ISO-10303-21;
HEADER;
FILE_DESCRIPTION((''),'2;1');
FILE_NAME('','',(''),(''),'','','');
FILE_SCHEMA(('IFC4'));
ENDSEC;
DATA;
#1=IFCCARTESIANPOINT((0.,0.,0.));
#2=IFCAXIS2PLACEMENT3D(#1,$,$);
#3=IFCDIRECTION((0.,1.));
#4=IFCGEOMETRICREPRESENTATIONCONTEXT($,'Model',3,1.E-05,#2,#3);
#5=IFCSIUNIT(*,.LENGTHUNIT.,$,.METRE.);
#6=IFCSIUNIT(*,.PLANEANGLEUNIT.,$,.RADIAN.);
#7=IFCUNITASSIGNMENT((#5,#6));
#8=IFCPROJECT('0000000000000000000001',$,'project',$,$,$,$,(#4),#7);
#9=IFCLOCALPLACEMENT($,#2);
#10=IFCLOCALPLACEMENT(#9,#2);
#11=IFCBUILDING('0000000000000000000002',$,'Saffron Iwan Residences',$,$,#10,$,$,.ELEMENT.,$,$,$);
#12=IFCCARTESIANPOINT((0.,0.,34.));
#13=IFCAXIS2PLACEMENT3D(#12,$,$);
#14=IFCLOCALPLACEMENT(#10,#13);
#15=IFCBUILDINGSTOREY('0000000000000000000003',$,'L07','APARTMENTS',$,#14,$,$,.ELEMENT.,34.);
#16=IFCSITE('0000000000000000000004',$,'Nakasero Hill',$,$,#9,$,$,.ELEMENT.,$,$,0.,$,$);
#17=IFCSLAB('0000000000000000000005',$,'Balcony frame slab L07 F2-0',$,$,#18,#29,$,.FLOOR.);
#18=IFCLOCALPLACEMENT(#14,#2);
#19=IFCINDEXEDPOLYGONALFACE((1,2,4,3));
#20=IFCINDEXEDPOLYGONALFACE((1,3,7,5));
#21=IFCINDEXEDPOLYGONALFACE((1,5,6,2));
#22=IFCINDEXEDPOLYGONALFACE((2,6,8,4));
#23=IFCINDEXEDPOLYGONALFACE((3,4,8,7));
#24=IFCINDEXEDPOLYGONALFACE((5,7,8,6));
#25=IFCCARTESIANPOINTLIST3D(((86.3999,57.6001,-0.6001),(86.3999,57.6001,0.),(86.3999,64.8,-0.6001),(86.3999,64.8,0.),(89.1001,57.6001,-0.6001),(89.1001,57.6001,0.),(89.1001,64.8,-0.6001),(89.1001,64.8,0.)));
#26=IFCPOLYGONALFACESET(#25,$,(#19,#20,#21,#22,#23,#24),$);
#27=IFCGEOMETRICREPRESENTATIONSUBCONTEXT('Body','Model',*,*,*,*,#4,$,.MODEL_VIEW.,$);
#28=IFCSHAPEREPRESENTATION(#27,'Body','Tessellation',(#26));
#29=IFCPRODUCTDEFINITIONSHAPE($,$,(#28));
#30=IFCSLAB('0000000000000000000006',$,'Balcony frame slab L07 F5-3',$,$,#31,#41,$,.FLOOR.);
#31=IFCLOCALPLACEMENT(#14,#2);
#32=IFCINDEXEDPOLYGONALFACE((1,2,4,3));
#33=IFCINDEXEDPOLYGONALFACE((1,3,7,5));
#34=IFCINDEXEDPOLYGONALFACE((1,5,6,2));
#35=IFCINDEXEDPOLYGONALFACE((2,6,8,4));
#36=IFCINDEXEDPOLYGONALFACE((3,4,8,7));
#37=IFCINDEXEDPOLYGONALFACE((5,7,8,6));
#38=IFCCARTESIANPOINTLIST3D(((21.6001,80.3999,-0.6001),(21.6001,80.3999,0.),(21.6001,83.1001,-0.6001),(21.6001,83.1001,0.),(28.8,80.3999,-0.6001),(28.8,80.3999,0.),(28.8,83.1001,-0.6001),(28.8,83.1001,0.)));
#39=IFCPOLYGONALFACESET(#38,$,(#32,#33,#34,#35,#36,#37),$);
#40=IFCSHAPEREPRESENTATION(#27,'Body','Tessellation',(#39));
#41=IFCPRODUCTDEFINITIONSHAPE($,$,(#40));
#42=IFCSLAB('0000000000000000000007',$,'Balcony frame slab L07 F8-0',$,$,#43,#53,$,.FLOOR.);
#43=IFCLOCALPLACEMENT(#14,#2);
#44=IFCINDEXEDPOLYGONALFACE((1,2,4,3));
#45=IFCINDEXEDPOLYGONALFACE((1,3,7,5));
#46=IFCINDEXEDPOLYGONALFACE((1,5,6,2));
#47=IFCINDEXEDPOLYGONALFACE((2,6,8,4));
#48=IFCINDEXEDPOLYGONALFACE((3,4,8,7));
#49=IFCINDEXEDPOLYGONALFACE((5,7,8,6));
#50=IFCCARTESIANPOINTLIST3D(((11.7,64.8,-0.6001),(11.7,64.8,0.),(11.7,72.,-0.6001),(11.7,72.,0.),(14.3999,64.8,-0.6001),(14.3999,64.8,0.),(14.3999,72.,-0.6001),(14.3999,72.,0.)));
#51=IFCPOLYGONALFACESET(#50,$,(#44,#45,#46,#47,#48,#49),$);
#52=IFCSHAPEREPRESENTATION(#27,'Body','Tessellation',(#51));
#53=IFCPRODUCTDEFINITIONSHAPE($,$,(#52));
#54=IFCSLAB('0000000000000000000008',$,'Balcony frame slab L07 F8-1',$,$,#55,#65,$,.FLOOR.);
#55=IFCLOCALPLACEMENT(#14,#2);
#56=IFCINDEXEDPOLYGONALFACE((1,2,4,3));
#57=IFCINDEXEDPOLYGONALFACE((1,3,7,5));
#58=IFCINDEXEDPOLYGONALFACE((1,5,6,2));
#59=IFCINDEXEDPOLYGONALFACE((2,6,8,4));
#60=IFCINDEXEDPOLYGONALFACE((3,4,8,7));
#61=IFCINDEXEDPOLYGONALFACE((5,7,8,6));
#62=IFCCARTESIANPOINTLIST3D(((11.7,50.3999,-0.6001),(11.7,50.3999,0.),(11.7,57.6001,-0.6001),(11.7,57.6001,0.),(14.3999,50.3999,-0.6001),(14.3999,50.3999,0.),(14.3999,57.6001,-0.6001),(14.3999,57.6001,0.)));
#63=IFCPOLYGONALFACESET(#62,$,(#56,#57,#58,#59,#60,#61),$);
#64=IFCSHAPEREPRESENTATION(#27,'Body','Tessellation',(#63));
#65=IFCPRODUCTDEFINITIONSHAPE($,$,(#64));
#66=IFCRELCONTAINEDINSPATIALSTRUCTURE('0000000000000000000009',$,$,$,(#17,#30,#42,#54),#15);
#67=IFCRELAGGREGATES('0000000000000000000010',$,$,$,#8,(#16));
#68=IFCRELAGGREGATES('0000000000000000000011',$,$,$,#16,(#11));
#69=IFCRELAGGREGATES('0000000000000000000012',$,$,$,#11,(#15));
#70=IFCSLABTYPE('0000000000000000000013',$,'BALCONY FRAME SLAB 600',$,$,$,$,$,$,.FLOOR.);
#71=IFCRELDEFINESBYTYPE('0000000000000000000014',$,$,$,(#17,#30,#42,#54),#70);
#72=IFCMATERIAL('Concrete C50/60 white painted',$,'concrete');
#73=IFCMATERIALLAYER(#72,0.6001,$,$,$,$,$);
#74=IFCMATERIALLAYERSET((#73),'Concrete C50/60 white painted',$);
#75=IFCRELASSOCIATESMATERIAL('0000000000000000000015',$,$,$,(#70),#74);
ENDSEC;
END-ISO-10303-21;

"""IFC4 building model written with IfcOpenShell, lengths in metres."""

from ifc_helpers import new_model, si_unit, direction, frame, origin, place, context, subcontext, project, spatial, polyline, outline, extrude, material, layer, layer_set, type_object, element, save


model = new_model("IFC4")

# Units and contexts
model_context = context("Model", 3, precision=1e-05, world=origin(), true_north=direction((0.0, 1.0)))
body_context = subcontext(model_context, "Body", "Model", "MODEL_VIEW")
ifc_project = project(units=[si_unit("LENGTHUNIT", "METRE"), si_unit("PLANEANGLEUNIT", "RADIAN")], contexts=[model_context])

# Site, building, storey
site_placement = place(None, origin())
site = spatial("IfcSite", under=ifc_project, at=site_placement, Name="Nakasero Hill", CompositionType="ELEMENT", RefElevation=0.0)
building_placement = place(site_placement, origin())
building = spatial("IfcBuilding", under=site, at=building_placement, Name="Saffron Iwan Residences", CompositionType="ELEMENT")
storey_placement = place(building_placement, frame((0.0, 0.0, 34.0)))
storey = spatial("IfcBuildingStorey", under=building, at=storey_placement, Name="L07", Description="APARTMENTS", CompositionType="ELEMENT", Elevation=34.0)

# Slabs
ifc_material_1 = material(Name="Concrete C50/60 white painted", Category="concrete")
ifc_layer_1 = layer(ifc_material_1, 0.6001)
ifc_layer_set_1 = layer_set([ifc_layer_1], Name="Concrete C50/60 white painted")
slab_type_1 = type_object("IfcSlabType", Name="BALCONY FRAME SLAB 600", PredefinedType="FLOOR", material=ifc_layer_set_1)
slab_1_placement = place(storey_placement, frame((0.0, 0.0, -0.6001)))
element("IfcSlab", 1, at=slab_1_placement, inside=storey, type_object=slab_type_1, Name="Balcony frame slab L07 F2-0", PredefinedType="FLOOR", context=body_context, shape_type="SweptSolid", body=[
    extrude(outline(polyline([(89.1001, 57.6001), (89.1001, 64.8), (86.3999, 64.8), (86.3999, 57.6001), (89.1001, 57.6001)])), origin(), (0.0, 0.0, 1.0), 0.6001),
])
slab_2_placement = place(storey_placement, frame((0.0, 0.0, -0.6001)))
element("IfcSlab", 2, at=slab_2_placement, inside=storey, type_object=slab_type_1, Name="Balcony frame slab L07 F5-3", PredefinedType="FLOOR", context=body_context, shape_type="SweptSolid", body=[
    extrude(outline(polyline([(28.8, 83.1001), (21.6001, 83.1001), (21.6001, 80.3999), (28.8, 80.3999), (28.8, 83.1001)])), origin(), (0.0, 0.0, 1.0), 0.6001),
])
slab_3_placement = place(storey_placement, frame((0.0, 0.0, -0.6001)))
element("IfcSlab", 3, at=slab_3_placement, inside=storey, type_object=slab_type_1, Name="Balcony frame slab L07 F8-0", PredefinedType="FLOOR", context=body_context, shape_type="SweptSolid", body=[
    extrude(outline(polyline([(11.7, 72.0), (11.7, 64.8), (14.3999, 64.8), (14.3999, 72.0), (11.7, 72.0)])), origin(), (0.0, 0.0, 1.0), 0.6001),
])
slab_4_placement = place(storey_placement, frame((0.0, 0.0, -0.6001)))
element("IfcSlab", 4, at=slab_4_placement, inside=storey, type_object=slab_type_1, Name="Balcony frame slab L07 F8-1", PredefinedType="FLOOR", context=body_context, shape_type="SweptSolid", body=[
    extrude(outline(polyline([(11.7, 57.6001), (11.7, 50.3999), (14.3999, 50.3999), (14.3999, 57.6001), (11.7, 57.6001)])), origin(), (0.0, 0.0, 1.0), 0.6001),
])

save(model, "model.ifc")
